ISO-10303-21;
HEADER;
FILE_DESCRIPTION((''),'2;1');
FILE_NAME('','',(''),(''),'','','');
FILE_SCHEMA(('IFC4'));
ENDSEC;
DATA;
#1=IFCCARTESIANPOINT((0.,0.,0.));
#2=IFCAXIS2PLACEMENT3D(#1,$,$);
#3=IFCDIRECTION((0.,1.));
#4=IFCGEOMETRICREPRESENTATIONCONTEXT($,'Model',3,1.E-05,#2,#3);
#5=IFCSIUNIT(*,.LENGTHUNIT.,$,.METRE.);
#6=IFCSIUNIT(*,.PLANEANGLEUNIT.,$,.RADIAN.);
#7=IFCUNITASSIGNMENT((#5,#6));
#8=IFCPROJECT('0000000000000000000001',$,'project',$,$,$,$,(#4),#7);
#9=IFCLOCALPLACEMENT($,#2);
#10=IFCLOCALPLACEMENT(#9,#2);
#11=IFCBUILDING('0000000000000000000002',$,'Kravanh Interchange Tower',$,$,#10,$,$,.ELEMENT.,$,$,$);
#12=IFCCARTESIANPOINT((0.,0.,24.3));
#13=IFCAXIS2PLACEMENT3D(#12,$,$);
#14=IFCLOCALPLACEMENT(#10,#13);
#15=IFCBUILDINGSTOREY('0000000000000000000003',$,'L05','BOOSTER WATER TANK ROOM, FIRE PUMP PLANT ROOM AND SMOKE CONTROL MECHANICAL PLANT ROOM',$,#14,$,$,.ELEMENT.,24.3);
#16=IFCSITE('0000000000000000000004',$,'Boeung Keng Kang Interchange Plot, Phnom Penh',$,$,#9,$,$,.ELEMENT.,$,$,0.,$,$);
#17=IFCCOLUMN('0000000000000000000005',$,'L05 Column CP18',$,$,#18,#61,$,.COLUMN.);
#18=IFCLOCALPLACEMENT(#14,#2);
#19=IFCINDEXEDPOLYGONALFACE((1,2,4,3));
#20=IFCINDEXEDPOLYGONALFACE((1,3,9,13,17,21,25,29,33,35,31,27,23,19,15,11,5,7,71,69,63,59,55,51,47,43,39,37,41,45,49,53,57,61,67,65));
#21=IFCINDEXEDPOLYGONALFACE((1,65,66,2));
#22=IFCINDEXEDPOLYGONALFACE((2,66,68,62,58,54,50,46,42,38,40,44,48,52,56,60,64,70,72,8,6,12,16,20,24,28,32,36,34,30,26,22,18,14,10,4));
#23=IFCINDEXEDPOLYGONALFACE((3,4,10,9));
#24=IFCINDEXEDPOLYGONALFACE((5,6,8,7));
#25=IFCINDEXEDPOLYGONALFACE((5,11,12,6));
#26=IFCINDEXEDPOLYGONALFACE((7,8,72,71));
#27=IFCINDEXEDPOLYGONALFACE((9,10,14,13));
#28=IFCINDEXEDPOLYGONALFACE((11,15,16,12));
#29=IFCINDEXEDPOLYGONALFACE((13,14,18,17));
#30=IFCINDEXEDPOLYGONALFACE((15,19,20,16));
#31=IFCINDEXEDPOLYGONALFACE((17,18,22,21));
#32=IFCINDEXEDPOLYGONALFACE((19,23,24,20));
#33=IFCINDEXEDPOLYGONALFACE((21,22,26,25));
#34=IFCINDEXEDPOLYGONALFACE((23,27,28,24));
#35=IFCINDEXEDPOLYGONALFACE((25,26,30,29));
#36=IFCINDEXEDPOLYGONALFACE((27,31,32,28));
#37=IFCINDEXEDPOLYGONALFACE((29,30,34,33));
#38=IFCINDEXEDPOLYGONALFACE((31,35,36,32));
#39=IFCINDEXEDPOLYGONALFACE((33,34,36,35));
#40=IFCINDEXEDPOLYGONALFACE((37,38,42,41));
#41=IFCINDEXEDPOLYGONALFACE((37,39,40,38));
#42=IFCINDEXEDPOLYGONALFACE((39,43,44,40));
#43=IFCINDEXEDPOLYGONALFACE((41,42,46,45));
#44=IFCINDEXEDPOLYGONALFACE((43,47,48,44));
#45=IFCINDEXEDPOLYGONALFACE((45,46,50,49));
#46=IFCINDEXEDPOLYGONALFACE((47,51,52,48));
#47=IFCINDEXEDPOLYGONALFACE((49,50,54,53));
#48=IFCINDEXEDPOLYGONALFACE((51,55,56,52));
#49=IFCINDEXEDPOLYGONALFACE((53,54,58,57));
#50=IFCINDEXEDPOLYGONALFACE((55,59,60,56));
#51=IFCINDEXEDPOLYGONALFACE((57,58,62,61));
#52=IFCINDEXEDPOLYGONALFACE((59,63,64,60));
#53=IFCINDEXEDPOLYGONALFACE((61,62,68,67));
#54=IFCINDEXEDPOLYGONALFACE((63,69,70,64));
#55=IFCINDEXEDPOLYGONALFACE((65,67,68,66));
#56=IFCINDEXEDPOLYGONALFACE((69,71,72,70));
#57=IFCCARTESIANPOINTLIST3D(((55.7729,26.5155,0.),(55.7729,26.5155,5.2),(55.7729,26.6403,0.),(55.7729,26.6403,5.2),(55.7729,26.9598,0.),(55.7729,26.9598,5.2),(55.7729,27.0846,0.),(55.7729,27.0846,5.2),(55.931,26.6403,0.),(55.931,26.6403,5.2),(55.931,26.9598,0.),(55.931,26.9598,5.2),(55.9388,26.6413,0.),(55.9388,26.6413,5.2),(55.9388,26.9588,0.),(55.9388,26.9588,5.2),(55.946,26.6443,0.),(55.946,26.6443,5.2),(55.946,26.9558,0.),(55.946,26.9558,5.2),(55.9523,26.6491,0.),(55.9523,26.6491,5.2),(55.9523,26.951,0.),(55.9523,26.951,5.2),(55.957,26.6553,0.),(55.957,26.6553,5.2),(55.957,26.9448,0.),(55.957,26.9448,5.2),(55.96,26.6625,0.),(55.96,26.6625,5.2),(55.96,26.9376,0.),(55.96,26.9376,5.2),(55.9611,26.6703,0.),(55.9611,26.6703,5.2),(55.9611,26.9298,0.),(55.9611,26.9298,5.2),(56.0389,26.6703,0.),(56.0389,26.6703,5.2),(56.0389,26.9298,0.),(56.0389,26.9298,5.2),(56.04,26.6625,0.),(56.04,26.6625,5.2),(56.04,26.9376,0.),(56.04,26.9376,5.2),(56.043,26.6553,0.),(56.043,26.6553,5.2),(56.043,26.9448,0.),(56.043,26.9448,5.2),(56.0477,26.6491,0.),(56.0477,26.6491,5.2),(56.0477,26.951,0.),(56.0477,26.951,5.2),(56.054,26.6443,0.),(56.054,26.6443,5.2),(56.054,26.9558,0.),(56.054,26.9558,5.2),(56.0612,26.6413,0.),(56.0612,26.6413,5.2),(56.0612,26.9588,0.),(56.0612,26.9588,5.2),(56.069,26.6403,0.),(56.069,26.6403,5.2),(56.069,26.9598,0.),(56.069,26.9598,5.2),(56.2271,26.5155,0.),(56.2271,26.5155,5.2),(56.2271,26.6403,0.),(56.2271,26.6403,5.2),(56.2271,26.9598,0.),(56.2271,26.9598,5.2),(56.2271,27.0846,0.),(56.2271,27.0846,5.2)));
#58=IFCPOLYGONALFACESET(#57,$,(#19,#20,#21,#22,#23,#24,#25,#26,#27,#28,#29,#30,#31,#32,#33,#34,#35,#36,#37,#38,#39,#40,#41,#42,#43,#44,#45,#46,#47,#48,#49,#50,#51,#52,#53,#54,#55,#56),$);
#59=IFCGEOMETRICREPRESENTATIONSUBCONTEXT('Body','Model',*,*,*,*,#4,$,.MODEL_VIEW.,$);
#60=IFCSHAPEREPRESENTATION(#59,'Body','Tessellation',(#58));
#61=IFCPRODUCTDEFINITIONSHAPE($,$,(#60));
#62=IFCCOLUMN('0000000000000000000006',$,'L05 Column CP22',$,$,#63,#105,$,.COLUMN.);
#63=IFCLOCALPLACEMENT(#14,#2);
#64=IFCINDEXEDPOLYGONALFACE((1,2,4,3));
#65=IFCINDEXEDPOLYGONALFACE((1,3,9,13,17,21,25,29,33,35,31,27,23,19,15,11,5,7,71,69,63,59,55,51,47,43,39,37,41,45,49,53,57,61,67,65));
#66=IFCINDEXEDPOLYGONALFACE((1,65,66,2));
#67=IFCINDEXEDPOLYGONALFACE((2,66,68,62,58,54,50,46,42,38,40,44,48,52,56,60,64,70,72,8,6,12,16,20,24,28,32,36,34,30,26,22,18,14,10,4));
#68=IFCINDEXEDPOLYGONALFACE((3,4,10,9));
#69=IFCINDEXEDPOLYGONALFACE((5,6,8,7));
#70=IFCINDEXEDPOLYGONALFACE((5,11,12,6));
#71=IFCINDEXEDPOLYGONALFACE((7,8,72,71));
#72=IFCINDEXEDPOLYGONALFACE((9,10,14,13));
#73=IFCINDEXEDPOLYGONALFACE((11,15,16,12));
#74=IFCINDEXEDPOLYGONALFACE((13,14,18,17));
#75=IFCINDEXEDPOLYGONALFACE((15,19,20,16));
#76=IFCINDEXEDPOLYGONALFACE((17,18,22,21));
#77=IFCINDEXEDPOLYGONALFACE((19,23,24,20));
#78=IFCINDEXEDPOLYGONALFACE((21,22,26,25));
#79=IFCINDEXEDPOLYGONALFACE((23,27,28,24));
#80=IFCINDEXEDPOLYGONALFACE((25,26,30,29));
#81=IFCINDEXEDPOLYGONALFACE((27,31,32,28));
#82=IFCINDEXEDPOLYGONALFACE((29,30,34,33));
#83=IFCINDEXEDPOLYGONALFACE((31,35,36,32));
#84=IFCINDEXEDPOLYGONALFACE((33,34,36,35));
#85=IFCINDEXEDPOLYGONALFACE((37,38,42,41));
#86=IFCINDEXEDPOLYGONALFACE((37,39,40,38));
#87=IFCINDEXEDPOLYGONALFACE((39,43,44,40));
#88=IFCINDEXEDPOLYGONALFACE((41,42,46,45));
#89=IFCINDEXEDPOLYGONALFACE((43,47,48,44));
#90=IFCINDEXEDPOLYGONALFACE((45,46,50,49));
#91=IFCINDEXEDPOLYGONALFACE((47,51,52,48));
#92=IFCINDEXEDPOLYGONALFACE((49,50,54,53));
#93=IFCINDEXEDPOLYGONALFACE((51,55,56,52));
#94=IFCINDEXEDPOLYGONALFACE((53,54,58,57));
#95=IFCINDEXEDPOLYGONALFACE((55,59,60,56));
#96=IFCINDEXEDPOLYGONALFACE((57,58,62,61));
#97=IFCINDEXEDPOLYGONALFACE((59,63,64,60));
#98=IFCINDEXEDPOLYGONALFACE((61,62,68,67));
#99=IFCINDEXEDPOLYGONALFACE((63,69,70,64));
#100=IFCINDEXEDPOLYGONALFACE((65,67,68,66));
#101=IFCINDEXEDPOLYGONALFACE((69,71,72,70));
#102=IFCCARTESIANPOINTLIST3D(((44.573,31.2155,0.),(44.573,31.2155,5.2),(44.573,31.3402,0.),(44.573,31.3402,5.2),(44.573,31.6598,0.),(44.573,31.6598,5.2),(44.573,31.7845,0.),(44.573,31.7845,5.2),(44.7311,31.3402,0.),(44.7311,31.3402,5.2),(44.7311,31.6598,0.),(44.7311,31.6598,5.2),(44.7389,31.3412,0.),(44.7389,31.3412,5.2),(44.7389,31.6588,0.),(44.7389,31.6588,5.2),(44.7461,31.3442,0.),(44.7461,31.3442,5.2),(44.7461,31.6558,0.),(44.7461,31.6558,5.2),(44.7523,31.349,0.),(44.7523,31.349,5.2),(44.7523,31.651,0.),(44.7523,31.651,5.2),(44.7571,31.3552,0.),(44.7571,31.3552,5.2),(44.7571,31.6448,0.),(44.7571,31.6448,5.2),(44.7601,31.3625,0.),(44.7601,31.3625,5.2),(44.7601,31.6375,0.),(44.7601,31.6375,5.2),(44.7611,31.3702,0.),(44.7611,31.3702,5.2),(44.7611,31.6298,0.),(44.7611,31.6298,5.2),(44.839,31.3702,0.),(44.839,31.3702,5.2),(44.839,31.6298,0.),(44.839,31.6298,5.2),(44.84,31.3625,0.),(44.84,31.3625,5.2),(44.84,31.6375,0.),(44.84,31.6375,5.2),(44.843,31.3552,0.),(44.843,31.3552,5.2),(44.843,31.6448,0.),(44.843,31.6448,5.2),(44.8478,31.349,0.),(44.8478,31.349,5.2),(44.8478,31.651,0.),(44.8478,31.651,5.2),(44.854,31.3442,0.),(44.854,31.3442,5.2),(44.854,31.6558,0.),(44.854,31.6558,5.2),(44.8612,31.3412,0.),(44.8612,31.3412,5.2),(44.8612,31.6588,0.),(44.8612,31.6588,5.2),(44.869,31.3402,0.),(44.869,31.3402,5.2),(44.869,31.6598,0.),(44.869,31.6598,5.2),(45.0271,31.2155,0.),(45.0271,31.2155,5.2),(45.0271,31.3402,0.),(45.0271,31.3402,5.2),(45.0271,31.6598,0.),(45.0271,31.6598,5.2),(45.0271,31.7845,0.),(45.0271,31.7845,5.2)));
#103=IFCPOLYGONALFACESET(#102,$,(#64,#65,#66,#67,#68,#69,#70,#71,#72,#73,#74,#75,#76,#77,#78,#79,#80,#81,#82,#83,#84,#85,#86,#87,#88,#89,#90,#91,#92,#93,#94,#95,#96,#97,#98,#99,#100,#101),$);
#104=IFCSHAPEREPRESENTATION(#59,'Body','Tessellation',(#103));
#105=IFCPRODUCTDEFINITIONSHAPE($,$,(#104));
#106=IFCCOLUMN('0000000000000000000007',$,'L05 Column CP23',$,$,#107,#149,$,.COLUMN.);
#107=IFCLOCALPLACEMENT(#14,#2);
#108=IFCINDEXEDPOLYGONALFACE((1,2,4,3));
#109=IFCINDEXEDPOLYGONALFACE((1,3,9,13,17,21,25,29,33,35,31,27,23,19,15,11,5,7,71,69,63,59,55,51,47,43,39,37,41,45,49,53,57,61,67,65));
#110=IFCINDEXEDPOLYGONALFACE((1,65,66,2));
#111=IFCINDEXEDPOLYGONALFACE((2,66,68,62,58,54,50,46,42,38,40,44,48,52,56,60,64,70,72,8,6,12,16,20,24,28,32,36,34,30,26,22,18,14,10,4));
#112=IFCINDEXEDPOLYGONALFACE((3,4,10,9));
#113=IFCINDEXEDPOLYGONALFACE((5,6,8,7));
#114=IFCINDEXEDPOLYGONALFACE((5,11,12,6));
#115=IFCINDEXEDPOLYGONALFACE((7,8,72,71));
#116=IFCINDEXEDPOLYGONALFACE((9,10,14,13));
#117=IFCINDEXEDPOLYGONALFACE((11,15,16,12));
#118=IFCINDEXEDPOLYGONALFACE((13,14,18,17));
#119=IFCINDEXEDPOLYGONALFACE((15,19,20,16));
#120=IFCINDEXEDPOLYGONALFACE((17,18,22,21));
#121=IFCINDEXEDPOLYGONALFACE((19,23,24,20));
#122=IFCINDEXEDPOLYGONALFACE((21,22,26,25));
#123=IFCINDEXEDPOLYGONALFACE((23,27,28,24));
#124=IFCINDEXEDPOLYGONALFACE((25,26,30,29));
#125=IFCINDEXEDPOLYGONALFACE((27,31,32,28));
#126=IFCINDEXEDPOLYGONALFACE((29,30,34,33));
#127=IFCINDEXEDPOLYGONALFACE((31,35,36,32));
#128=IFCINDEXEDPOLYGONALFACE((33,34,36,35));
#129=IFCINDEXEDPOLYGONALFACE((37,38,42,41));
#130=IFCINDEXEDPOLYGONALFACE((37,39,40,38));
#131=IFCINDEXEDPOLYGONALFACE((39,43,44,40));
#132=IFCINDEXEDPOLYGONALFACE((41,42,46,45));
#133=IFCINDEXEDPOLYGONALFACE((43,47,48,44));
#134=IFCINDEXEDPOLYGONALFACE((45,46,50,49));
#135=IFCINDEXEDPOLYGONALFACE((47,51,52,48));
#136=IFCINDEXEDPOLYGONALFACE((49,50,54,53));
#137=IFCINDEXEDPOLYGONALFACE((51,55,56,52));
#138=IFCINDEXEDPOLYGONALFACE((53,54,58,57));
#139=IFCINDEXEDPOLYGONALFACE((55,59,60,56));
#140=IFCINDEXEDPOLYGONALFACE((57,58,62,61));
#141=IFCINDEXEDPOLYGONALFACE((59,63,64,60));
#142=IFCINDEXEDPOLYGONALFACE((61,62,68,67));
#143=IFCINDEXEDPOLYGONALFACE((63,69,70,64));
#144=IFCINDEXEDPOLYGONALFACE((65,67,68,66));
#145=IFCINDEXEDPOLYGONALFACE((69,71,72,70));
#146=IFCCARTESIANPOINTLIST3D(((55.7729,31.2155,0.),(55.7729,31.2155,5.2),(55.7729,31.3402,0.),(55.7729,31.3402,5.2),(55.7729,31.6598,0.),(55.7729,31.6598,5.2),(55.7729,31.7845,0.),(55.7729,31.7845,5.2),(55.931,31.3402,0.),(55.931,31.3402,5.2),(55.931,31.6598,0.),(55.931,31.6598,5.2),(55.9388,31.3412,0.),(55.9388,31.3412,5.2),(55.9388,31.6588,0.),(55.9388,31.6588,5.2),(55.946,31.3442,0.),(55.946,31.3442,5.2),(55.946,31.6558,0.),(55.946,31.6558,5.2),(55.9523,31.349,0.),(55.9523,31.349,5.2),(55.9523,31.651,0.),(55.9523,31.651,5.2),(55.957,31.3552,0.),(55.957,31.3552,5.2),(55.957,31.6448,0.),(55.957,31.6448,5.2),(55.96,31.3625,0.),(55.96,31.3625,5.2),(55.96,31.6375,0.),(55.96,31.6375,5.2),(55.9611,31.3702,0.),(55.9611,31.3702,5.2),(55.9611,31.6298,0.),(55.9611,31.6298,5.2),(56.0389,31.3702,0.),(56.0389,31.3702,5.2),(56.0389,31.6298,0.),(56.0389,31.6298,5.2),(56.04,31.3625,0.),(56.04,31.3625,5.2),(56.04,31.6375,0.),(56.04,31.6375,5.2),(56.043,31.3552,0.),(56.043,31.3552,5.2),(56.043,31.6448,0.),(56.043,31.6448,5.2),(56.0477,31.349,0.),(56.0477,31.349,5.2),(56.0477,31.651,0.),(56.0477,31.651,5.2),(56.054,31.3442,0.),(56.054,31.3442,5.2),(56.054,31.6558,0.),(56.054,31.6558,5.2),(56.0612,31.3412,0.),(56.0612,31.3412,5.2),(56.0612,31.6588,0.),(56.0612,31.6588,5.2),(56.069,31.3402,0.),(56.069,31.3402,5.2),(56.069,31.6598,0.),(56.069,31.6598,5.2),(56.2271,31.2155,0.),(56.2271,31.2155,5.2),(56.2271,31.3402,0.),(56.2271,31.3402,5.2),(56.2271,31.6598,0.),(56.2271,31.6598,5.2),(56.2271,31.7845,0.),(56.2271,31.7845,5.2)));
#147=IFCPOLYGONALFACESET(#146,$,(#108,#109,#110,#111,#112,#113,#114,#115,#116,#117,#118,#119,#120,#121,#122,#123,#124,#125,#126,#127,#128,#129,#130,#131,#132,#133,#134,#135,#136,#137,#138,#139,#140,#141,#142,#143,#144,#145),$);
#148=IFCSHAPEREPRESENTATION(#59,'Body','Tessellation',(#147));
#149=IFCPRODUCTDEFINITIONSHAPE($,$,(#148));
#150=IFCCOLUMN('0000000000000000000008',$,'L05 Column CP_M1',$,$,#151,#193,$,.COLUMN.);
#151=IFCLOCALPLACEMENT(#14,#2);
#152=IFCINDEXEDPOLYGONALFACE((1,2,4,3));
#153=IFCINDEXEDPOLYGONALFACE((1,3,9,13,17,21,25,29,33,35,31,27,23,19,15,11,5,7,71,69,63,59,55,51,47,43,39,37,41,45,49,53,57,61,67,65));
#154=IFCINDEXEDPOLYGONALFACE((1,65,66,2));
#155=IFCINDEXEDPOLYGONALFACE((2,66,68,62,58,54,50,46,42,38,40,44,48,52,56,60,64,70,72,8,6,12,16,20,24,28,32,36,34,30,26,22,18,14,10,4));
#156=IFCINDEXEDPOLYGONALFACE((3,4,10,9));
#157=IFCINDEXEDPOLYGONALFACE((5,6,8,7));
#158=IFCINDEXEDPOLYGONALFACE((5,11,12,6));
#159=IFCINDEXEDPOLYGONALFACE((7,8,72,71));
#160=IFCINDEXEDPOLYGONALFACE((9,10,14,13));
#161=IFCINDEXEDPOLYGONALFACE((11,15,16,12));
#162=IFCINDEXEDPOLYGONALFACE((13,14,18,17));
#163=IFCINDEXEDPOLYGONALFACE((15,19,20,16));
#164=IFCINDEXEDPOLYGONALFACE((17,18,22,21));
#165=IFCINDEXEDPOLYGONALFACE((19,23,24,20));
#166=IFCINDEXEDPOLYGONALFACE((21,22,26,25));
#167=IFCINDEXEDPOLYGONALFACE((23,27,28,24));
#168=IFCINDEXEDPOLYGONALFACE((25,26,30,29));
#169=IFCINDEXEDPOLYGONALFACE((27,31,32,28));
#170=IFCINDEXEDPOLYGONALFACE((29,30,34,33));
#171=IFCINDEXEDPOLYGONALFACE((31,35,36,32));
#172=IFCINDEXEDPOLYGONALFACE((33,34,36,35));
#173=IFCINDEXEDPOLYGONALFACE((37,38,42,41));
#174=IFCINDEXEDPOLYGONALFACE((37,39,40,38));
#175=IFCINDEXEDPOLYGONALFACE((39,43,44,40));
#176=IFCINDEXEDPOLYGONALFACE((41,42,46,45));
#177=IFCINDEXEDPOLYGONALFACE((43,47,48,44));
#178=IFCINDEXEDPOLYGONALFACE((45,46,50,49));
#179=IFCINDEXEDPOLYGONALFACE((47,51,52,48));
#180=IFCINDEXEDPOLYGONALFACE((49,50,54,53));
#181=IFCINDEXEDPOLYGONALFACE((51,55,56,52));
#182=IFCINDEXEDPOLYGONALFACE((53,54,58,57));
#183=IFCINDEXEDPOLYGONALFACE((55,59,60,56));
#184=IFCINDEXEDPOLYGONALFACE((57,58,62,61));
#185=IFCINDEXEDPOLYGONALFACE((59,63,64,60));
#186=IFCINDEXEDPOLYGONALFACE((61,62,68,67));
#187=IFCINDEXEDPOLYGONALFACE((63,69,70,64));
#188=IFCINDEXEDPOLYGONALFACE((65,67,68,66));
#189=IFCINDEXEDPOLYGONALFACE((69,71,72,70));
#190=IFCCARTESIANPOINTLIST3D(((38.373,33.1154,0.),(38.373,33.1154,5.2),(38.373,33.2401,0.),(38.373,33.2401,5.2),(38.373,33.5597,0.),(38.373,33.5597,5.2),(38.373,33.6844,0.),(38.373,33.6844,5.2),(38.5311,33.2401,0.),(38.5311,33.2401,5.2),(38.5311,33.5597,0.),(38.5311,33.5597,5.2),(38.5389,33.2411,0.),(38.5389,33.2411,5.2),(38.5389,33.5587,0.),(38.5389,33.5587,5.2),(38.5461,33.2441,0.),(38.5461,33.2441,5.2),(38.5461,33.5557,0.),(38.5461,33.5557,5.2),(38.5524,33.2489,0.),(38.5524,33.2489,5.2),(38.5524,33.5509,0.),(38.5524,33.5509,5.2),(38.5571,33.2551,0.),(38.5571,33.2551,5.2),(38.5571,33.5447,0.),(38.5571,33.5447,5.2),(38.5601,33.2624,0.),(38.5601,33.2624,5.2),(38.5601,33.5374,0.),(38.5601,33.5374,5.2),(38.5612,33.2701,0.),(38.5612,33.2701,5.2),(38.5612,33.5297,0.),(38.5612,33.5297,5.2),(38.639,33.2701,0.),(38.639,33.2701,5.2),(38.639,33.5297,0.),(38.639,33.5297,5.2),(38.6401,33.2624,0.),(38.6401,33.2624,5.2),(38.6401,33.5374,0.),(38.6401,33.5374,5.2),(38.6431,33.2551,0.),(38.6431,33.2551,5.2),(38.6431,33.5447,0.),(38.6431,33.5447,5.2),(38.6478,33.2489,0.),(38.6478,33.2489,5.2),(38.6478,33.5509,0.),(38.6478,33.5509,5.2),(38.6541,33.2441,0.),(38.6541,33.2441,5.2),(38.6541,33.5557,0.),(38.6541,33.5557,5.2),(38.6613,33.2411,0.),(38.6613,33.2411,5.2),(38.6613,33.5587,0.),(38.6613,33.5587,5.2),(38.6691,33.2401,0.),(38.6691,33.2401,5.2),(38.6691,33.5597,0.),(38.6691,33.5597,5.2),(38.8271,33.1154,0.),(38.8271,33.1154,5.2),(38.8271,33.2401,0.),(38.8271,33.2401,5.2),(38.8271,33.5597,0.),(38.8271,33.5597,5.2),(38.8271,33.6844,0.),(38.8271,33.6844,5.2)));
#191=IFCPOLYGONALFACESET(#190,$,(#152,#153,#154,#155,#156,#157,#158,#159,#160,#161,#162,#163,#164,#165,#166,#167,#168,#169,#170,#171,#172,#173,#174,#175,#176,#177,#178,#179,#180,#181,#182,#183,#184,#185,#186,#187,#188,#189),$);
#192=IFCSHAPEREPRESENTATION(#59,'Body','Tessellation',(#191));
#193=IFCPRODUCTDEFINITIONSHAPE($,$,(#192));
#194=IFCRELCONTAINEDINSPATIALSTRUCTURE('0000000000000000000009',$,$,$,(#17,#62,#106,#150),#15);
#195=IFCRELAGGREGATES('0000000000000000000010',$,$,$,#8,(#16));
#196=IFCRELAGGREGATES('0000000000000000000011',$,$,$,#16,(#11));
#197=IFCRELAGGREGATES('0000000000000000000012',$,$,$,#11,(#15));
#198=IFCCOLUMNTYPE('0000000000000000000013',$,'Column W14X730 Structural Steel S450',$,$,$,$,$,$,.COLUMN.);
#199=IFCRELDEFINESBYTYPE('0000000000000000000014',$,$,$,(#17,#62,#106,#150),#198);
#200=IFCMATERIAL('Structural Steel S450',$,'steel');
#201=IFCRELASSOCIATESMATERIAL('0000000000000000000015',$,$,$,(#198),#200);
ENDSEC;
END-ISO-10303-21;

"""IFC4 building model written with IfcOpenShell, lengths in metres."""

from ifc_helpers import new_model, si_unit, direction, frame, origin, origin_2d, place, context, subcontext, project, spatial, i_section, extrude, material, material_profile, profile_set, type_object, element, save


model = new_model("IFC4")

# Units and contexts
model_context = context("Model", 3, precision=1e-05, world=origin(), true_north=direction((0.0, 1.0)))
body_context = subcontext(model_context, "Body", "Model", "MODEL_VIEW")
ifc_project = project(units=[si_unit("LENGTHUNIT", "METRE"), si_unit("PLANEANGLEUNIT", "RADIAN")], contexts=[model_context])

# Site, building, storey
site_placement = place(None, origin())
site = spatial("IfcSite", under=ifc_project, at=site_placement, Name="Boeung Keng Kang Interchange Plot, Phnom Penh", CompositionType="ELEMENT", RefElevation=0.0)
building_placement = place(site_placement, origin())
building = spatial("IfcBuilding", under=site, at=building_placement, Name="Kravanh Interchange Tower", CompositionType="ELEMENT")
storey_placement = place(building_placement, frame((0.0, 0.0, 24.3)))
storey = spatial("IfcBuildingStorey", under=building, at=storey_placement, Name="L05", Description="BOOSTER WATER TANK ROOM, FIRE PUMP PLANT ROOM AND SMOKE CONTROL MECHANICAL PLANT ROOM", CompositionType="ELEMENT", Elevation=24.3)

# Columns
ifc_material_1 = material(Name="Structural Steel S450", Category="steel")
ifc_material_profile_1 = material_profile(ifc_material_1, i_section(OverallWidth=0.4541, OverallDepth=0.5691, WebThickness=0.0779, FlangeThickness=0.1248, FilletRadius=0.03, at=origin_2d()), Name="W14X730")
ifc_profile_set_1 = profile_set([ifc_material_profile_1], Name="Structural Steel S450")
column_type = type_object("IfcColumnType", Name="Column W14X730 Structural Steel S450", PredefinedType="COLUMN", material=ifc_profile_set_1)
for number, where, z_axis, x_axis, name in (
    (1, (56.0, 26.8, 0.0), (0.0, 0.0, 1.0), (1.0, 0.0, 0.0), "L05 Column CP18"),
    (2, (44.8, 31.5, 0.0), (0.0, 0.0, 1.0), (1.0, 0.0, 0.0), "L05 Column CP22"),
    (3, (56.0, 31.5, 0.0), (0.0, 0.0, 1.0), (1.0, 0.0, 0.0), "L05 Column CP23"),
    (4, (38.6001, 33.3999, 0.0), (0.0, 0.0, 1.0), (1.0, 0.0, 0.0), "L05 Column CP_M1"),
):
    element("IfcColumn", number, at=place(storey_placement, frame(where, z_axis=z_axis, x_axis=x_axis)), inside=storey, type_object=column_type, Name=name, PredefinedType="COLUMN", context=body_context, shape_type="SweptSolid", body=[
        extrude(i_section(OverallWidth=0.4541, OverallDepth=0.5691, WebThickness=0.0779, FlangeThickness=0.1248, FilletRadius=0.03, at=origin_2d()), origin(), (0.0, 0.0, 1.0), 5.2),
    ])

save(model, "model.ifc")
